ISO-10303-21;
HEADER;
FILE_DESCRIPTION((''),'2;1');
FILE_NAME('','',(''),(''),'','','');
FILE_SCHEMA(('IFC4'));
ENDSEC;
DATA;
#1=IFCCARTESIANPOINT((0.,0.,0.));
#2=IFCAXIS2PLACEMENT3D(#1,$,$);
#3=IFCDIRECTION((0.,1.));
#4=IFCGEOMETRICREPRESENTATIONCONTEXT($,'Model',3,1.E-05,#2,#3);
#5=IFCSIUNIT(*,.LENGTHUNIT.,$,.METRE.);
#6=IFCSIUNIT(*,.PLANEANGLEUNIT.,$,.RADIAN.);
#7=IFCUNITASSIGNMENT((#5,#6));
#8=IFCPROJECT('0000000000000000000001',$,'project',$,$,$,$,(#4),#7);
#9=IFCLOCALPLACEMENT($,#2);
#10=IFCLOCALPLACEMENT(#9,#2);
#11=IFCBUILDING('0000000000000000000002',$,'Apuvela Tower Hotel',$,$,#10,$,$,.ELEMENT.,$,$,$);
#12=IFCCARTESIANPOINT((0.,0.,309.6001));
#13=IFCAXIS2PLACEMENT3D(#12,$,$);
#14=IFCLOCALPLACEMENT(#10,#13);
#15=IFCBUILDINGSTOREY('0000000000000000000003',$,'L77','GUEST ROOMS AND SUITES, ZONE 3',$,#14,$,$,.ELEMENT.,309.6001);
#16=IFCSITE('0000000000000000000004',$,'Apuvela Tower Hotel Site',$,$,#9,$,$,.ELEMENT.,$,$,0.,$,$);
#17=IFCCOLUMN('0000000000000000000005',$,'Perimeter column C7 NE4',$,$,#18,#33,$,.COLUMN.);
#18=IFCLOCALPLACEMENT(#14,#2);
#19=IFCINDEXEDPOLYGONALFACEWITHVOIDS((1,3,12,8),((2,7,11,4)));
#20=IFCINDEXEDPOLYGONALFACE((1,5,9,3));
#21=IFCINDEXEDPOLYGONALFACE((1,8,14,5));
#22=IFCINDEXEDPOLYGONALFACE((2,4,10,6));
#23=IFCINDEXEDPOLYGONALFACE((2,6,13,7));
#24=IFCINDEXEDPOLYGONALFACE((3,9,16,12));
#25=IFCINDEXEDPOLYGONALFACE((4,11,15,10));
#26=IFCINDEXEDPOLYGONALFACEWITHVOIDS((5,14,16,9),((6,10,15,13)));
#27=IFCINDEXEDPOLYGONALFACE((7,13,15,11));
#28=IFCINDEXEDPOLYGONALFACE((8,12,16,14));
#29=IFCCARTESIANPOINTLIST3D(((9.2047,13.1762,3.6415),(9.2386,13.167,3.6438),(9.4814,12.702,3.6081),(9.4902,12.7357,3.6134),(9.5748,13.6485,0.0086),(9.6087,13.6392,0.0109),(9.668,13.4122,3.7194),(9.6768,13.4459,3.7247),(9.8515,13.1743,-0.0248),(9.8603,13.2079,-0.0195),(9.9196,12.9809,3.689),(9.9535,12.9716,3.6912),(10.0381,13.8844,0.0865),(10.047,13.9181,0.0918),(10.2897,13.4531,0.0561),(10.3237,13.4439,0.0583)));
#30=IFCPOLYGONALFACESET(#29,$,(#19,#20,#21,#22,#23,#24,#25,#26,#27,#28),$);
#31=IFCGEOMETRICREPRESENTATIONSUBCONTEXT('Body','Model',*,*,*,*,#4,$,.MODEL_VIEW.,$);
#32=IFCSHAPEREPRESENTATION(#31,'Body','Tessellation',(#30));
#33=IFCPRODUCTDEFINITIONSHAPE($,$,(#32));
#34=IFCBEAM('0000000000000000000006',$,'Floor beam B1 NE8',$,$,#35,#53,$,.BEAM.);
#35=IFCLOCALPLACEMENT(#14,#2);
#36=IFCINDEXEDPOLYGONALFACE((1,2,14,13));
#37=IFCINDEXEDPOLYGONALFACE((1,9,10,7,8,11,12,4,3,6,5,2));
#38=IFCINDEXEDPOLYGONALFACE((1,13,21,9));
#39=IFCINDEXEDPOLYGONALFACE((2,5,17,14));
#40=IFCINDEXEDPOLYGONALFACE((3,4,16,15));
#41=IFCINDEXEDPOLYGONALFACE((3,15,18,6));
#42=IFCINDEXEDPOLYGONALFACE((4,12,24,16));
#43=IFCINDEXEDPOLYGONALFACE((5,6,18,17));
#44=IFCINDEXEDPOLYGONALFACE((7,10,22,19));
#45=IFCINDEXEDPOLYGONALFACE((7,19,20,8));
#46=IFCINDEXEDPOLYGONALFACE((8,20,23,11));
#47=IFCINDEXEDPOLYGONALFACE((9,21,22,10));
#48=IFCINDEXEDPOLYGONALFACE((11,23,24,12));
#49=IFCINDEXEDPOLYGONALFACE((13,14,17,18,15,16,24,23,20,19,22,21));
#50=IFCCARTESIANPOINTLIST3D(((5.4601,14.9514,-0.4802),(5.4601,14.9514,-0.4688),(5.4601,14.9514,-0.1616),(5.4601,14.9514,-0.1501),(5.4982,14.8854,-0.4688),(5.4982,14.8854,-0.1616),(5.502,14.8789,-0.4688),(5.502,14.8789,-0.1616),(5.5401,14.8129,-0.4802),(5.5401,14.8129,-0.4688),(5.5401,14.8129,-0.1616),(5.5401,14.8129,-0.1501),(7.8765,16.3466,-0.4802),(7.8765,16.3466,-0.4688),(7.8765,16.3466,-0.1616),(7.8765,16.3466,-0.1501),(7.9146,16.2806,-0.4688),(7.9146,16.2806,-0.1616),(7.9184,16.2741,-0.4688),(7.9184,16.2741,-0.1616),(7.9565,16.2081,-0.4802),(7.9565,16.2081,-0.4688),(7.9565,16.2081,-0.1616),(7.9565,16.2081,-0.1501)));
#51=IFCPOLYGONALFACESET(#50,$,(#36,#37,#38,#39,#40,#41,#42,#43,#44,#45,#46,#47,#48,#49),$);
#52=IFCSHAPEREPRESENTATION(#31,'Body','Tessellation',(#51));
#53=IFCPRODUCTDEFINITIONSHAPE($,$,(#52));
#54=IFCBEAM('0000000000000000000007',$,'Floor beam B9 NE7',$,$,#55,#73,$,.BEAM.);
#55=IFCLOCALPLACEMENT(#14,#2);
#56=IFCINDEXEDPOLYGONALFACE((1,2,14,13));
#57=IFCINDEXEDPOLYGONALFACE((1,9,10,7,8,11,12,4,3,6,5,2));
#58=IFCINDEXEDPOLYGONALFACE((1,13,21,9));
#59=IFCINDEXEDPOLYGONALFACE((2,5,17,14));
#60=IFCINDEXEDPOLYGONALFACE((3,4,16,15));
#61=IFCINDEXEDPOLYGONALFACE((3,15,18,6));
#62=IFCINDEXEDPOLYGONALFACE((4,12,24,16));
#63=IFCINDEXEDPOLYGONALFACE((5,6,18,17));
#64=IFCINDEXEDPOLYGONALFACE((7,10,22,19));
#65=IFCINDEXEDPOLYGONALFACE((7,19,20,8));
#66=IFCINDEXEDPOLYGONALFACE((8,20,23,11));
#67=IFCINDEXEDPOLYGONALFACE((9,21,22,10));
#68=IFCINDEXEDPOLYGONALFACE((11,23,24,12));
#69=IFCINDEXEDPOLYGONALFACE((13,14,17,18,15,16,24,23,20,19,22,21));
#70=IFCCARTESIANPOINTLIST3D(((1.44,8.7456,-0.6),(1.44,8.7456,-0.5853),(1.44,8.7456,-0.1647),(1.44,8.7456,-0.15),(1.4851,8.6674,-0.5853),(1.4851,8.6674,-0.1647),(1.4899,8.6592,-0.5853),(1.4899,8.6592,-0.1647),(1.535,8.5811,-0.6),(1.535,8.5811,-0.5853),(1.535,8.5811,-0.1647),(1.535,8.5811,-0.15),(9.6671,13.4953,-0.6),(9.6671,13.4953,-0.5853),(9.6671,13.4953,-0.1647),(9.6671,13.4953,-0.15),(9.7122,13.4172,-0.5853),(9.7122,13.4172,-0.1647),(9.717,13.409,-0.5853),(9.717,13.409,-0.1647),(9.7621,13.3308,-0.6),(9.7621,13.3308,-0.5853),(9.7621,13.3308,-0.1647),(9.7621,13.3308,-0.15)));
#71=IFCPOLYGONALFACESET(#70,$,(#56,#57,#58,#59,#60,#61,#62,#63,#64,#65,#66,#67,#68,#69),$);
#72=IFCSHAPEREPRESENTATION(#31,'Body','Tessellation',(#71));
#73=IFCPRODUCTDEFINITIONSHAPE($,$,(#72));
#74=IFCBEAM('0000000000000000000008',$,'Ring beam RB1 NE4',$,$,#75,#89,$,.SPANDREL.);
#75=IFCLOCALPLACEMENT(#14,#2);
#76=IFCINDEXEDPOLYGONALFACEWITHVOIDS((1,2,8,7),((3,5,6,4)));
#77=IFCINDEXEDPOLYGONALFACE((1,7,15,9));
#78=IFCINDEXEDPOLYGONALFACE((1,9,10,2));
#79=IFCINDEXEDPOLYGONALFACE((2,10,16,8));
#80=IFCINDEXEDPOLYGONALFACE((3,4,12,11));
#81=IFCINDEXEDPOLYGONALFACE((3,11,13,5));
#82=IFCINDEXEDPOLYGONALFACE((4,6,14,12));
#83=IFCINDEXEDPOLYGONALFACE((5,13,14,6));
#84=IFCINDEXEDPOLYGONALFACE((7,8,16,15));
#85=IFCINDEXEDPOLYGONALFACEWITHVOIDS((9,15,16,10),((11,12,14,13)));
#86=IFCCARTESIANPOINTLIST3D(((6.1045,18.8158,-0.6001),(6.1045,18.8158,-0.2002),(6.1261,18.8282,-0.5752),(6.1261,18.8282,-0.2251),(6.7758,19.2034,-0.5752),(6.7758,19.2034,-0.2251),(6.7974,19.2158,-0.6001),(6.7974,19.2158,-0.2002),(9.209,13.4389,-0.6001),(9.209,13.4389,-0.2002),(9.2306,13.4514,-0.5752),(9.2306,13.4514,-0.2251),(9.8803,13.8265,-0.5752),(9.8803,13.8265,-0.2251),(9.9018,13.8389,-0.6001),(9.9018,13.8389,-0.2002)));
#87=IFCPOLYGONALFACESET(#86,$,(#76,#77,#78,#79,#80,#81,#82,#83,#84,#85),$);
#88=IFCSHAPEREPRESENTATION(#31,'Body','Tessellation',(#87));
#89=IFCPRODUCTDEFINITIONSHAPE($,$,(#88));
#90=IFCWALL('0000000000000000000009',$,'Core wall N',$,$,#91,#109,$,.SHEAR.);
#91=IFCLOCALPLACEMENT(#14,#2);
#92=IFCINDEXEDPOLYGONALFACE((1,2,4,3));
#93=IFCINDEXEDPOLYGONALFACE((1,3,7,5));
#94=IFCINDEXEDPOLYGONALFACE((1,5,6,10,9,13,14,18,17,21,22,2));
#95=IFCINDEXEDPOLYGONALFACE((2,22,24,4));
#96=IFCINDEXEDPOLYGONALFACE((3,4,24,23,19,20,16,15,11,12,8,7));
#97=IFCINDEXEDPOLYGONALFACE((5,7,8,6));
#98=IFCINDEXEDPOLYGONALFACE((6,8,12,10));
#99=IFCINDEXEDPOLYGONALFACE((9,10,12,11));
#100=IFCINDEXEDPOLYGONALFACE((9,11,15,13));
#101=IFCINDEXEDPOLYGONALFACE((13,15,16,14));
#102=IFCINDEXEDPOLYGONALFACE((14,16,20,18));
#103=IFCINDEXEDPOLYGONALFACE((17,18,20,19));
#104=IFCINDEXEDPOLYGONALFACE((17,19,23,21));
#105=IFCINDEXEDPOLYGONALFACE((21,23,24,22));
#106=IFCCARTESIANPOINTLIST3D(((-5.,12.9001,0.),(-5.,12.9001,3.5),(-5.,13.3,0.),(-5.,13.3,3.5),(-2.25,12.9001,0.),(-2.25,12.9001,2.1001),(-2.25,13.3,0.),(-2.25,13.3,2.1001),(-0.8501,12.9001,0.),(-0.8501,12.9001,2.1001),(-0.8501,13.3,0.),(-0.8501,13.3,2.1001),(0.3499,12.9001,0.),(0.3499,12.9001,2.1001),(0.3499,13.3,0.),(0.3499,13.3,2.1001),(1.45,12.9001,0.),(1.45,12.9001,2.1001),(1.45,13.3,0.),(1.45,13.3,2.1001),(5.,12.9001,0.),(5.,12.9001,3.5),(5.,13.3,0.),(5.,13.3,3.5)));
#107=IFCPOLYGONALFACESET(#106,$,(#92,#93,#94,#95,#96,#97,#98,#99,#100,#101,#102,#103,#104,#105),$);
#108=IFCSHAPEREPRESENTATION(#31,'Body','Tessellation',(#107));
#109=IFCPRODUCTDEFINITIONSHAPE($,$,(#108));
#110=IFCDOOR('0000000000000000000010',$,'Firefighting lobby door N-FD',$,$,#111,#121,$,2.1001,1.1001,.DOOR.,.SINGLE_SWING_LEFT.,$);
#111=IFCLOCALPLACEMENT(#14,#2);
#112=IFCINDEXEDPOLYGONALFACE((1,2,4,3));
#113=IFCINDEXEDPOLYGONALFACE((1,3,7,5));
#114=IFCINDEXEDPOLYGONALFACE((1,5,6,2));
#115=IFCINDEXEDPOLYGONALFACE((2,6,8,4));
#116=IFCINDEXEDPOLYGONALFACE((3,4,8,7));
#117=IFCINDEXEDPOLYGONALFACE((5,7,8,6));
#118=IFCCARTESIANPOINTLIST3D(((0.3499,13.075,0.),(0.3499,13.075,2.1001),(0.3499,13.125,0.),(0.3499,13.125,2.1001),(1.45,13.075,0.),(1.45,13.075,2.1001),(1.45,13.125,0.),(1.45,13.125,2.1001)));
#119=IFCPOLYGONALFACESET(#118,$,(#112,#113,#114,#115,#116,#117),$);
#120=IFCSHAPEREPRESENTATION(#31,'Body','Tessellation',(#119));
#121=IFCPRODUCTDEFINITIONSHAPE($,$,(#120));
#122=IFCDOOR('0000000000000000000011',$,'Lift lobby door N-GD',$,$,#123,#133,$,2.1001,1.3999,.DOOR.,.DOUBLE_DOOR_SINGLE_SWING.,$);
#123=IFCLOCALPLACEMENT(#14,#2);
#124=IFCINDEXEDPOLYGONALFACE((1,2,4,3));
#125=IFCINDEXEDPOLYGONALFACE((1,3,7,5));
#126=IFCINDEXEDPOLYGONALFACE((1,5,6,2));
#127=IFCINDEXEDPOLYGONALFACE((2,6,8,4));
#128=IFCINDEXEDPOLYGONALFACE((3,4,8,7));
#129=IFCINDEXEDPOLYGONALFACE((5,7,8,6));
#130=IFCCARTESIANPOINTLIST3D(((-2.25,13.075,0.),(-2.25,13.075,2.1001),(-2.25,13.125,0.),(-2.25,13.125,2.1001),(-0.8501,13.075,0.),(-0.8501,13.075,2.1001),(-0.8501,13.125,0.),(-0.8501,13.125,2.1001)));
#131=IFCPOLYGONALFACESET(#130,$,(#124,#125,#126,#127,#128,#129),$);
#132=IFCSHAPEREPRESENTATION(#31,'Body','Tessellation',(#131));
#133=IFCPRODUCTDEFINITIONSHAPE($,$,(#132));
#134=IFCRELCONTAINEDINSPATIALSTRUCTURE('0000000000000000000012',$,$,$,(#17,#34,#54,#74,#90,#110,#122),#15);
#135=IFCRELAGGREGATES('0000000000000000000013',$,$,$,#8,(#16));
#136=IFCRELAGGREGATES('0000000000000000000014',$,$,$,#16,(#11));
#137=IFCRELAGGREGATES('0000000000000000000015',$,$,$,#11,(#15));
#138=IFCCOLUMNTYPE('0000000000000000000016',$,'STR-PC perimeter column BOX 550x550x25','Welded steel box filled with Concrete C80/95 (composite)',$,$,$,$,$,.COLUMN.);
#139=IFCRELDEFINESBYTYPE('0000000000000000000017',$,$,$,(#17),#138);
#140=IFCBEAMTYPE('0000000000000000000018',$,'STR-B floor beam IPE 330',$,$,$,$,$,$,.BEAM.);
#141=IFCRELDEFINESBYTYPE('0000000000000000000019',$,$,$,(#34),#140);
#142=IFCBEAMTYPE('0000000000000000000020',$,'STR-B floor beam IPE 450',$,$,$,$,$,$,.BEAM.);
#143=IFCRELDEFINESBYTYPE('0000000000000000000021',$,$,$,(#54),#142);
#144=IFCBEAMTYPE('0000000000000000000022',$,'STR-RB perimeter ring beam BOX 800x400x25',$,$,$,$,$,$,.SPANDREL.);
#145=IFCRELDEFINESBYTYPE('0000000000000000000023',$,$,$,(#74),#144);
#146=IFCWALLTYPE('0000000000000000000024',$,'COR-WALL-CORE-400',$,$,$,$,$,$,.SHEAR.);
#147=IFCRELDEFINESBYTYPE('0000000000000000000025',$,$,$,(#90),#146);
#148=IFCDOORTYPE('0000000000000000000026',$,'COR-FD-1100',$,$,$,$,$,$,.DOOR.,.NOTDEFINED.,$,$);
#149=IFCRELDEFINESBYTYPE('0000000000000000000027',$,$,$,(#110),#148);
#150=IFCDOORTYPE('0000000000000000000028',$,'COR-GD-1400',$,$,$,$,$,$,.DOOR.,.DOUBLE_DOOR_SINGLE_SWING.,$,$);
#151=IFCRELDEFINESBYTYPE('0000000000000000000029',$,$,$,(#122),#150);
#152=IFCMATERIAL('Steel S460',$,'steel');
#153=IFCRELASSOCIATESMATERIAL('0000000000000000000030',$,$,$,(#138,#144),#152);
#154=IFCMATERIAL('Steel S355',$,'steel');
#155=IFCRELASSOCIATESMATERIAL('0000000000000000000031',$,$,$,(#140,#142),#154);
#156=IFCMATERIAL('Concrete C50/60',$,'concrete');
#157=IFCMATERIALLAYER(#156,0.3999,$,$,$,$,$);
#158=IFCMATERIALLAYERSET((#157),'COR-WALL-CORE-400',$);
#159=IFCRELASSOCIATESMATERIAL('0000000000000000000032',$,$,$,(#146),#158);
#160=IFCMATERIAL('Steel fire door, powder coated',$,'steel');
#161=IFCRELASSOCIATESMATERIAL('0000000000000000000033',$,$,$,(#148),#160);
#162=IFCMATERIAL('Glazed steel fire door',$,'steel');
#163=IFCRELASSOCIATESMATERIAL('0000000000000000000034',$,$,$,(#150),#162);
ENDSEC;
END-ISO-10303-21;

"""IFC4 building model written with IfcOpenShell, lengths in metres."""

from ifc_helpers import new_model, si_unit, direction, frame, frame_2d, origin, origin_2d, place, context, subcontext, project, spatial, rectangle, hollow_rectangle, i_section, extrude, boolean, halfspace, material, layer, layer_set, material_profile, profile_set, type_object, element, fill, save


model = new_model("IFC4")

# Units and contexts
model_context = context("Model", 3, precision=1e-05, world=origin(), true_north=direction((0.0, 1.0)))
body_context = subcontext(model_context, "Body", "Model", "MODEL_VIEW")
ifc_project = project(units=[si_unit("LENGTHUNIT", "METRE"), si_unit("PLANEANGLEUNIT", "RADIAN")], contexts=[model_context])

# Site, building, storey
site_placement = place(None, origin())
site = spatial("IfcSite", under=ifc_project, at=site_placement, Name="Apuvela Tower Hotel Site", CompositionType="ELEMENT", RefElevation=0.0)
building_placement = place(site_placement, origin())
building = spatial("IfcBuilding", under=site, at=building_placement, Name="Apuvela Tower Hotel", CompositionType="ELEMENT")
storey_placement = place(building_placement, frame((0.0, 0.0, 309.6001)))
storey = spatial("IfcBuildingStorey", under=building, at=storey_placement, Name="L77", Description="GUEST ROOMS AND SUITES, ZONE 3", CompositionType="ELEMENT", Elevation=309.6001)

# Column
ifc_material_1 = material(Name="Steel S460", Category="steel")
ifc_material_profile_1 = material_profile(ifc_material_1, hollow_rectangle(XDim=0.55, YDim=0.55, WallThickness=0.0249, at=origin_2d()), Name="BOX 550x550x25")
ifc_material_2 = material(Name="Concrete C80/95", Category="concrete")
ifc_material_profile_2 = material_profile(ifc_material_2, rectangle(XDim=0.5, YDim=0.5, at=origin_2d()), Name="Concrete C80/95 infill")
ifc_profile_set_1 = profile_set([ifc_material_profile_1, ifc_material_profile_2], Name="Steel S460")
column_type = type_object("IfcColumnType", Name="STR-PC perimeter column BOX 550x550x25", Description="Welded steel box filled with Concrete C80/95 (composite)", PredefinedType="COLUMN", material=ifc_profile_set_1)
column_placement = place(storey_placement, frame((9.9526, 13.5505, 0.0), z_axis=(-0.100519, -0.128253, 0.986634), x_axis=(-0.503005, 0.862141, 0.060823)))
element("IfcColumn", 1, at=column_placement, inside=storey, type_object=column_type, Name="Perimeter column C7 NE4", PredefinedType="COLUMN", context=body_context, shape_type="SweptSolid", body=[
    boolean("DIFFERENCE", boolean("DIFFERENCE", extrude(hollow_rectangle(XDim=0.55, YDim=0.55, WallThickness=0.0249, at=origin_2d()), origin(), (0.0, 0.0, 1.0), 3.75), halfspace(frame((0.0, 0.0, 0.0339), z_axis=(0.0, 0.0, 1.0), x_axis=(1.0, 0.0, 0.0)), True)), halfspace(frame((0.0, 0.0, 3.7161), z_axis=(0.0, 0.0, 1.0), x_axis=(1.0, 0.0, 0.0)), False)),
])

# Beams
ifc_material_3 = material(Name="Steel S355", Category="steel")
ifc_material_profile_3 = material_profile(ifc_material_3, i_section(OverallWidth=0.1599, OverallDepth=0.3301, WebThickness=0.0076, FlangeThickness=0.0115, at=origin_2d()), Name="IPE 330")
ifc_profile_set_2 = profile_set([ifc_material_profile_3], Name="Steel S355")
beam_type_1 = type_object("IfcBeamType", Name="STR-B floor beam IPE 330", PredefinedType="BEAM", material=ifc_profile_set_2)
beam_1_placement = place(storey_placement, frame((7.9165, 16.2773, -0.3152), z_axis=(-0.866011, -0.500025, 0.0), x_axis=(0.500025, -0.866011, 0.0)))
element("IfcBeam", 2, at=beam_1_placement, inside=storey, type_object=beam_type_1, Name="Floor beam B1 NE8", PredefinedType="BEAM", context=body_context, shape_type="SweptSolid", body=[
    extrude(i_section(OverallWidth=0.1599, OverallDepth=0.3301, WebThickness=0.0076, FlangeThickness=0.0115, at=origin_2d()), origin(), (0.0, 0.0, 1.0), 2.7903),
])
ifc_material_profile_4 = material_profile(ifc_material_3, i_section(OverallWidth=0.1899, OverallDepth=0.45, WebThickness=0.0095, FlangeThickness=0.0146, at=origin_2d()), Name="IPE 450")
ifc_profile_set_3 = profile_set([ifc_material_profile_4], Name="Steel S355")
beam_type_2 = type_object("IfcBeamType", Name="STR-B floor beam IPE 450", PredefinedType="BEAM", material=ifc_profile_set_3)
beam_2_placement = place(storey_placement, frame((9.7146, 13.4131, -0.375), z_axis=(-0.866032, -0.499989, 0.0), x_axis=(0.499989, -0.866032, 0.0)))
element("IfcBeam", 3, at=beam_2_placement, inside=storey, type_object=beam_type_2, Name="Floor beam B9 NE7", PredefinedType="BEAM", context=body_context, shape_type="SweptSolid", body=[
    extrude(i_section(OverallWidth=0.1899, OverallDepth=0.45, WebThickness=0.0095, FlangeThickness=0.0146, at=origin_2d()), origin(), (0.0, 0.0, 1.0), 9.4998),
])
ifc_material_profile_5 = material_profile(ifc_material_1, hollow_rectangle(XDim=0.8, YDim=0.3999, WallThickness=0.0249, at=origin_2d()), Name="BOX 800x400x25")
ifc_profile_set_4 = profile_set([ifc_material_profile_5], Name="Steel S460")
beam_type_3 = type_object("IfcBeamType", Name="STR-RB perimeter ring beam BOX 800x400x25", PredefinedType="SPANDREL", material=ifc_profile_set_4)
beam_3_placement = place(storey_placement, frame((9.5554, 13.6389, -0.4001), z_axis=(-0.500013, 0.866018, 0.0), x_axis=(-0.866018, -0.500013, 0.0)))
element("IfcBeam", 4, at=beam_3_placement, inside=storey, type_object=beam_type_3, Name="Ring beam RB1 NE4", PredefinedType="SPANDREL", context=body_context, shape_type="SweptSolid", body=[
    extrude(hollow_rectangle(XDim=0.8, YDim=0.3999, WallThickness=0.0249, at=origin_2d()), origin(), (0.0, 0.0, 1.0), 6.2087),
])

# Wall, openings, doors
ifc_material_4 = material(Name="Concrete C50/60", Category="concrete")
ifc_layer_1 = layer(ifc_material_4, 0.3999)
ifc_layer_set_1 = layer_set([ifc_layer_1], Name="COR-WALL-CORE-400")
wall_type_1 = type_object("IfcWallType", Name="COR-WALL-CORE-400", PredefinedType="SHEAR", material=ifc_layer_set_1)
wall_1_placement = place(storey_placement, frame((5.0, 13.1001, 0.0), z_axis=(0.0, 0.0, 1.0), x_axis=(-1.0, 0.0, 0.0)))
wall_1 = element("IfcWall", 5, at=wall_1_placement, inside=storey, type_object=wall_type_1, Name="Core wall N", PredefinedType="SHEAR", context=body_context, shape_type="SweptSolid", body=[
    extrude(rectangle(XDim=10.0, YDim=0.3999, at=frame_2d((5.0, 0.0))), origin(), (0.0, 0.0, 1.0), 3.5),
])
opening_1_placement = place(wall_1_placement, frame((3.55, 0.0, 0.0)))
opening_1 = element("IfcOpeningElement", 6, at=opening_1_placement, cuts=wall_1, PredefinedType="OPENING", context=body_context, shape_type="SweptSolid", body=[
    extrude(rectangle(XDim=1.1001, YDim=2.1001, at=frame_2d((0.55, 1.05))), frame((0.0, 0.21, 0.0), z_axis=(0.0, -1.0, 0.0), x_axis=(1.0, 0.0, 0.0)), (0.0, 0.0, 1.0), 0.4199),
])
opening_2_placement = place(wall_1_placement, frame((5.8501, 0.0, 0.0)))
opening_2 = element("IfcOpeningElement", 7, at=opening_2_placement, cuts=wall_1, PredefinedType="OPENING", context=body_context, shape_type="SweptSolid", body=[
    extrude(rectangle(XDim=1.3999, YDim=2.1001, at=frame_2d((0.7, 1.05))), frame((0.0, 0.21, 0.0), z_axis=(0.0, -1.0, 0.0), x_axis=(1.0, 0.0, 0.0)), (0.0, 0.0, 1.0), 0.4199),
])
ifc_material_5 = material(Name="Steel fire door, powder coated", Category="steel")
door_type_1 = type_object("IfcDoorType", Name="COR-FD-1100", OperationType="NOTDEFINED", PredefinedType="DOOR", material=ifc_material_5)
door_1_placement = place(opening_1_placement, frame((1.1001, 0.0, 0.0), z_axis=(0.0, 0.0, 1.0), x_axis=(-1.0, 0.0, 0.0)))
door_1 = element("IfcDoor", 8, at=door_1_placement, inside=storey, type_object=door_type_1, Name="Firefighting lobby door N-FD", OperationType="SINGLE_SWING_LEFT", OverallHeight=2.1001, OverallWidth=1.1001, PredefinedType="DOOR", context=body_context, shape_type="SweptSolid", body=[
    extrude(rectangle(XDim=1.1001, YDim=2.1001, at=frame_2d((0.55, 1.05))), frame((0.0, 0.0249, 0.0), z_axis=(0.0, -1.0, 0.0), x_axis=(1.0, 0.0, 0.0)), (0.0, 0.0, 1.0), 0.05),
])
fill(opening_1, door_1)
ifc_material_6 = material(Name="Glazed steel fire door", Category="steel")
door_type_2 = type_object("IfcDoorType", Name="COR-GD-1400", OperationType="DOUBLE_DOOR_SINGLE_SWING", PredefinedType="DOOR", material=ifc_material_6)
door_2_placement = place(opening_2_placement, frame((1.3999, 0.0, 0.0), z_axis=(0.0, 0.0, 1.0), x_axis=(-1.0, 0.0, 0.0)))
door_2 = element("IfcDoor", 9, at=door_2_placement, inside=storey, type_object=door_type_2, Name="Lift lobby door N-GD", OperationType="DOUBLE_DOOR_SINGLE_SWING", OverallHeight=2.1001, OverallWidth=1.3999, PredefinedType="DOOR", context=body_context, shape_type="SweptSolid", body=[
    extrude(rectangle(XDim=1.3999, YDim=2.1001, at=frame_2d((0.7, 1.05))), frame((0.0, 0.0249, 0.0), z_axis=(0.0, -1.0, 0.0), x_axis=(1.0, 0.0, 0.0)), (0.0, 0.0, 1.0), 0.05),
])
fill(opening_2, door_2)

save(model, "model.ifc")
